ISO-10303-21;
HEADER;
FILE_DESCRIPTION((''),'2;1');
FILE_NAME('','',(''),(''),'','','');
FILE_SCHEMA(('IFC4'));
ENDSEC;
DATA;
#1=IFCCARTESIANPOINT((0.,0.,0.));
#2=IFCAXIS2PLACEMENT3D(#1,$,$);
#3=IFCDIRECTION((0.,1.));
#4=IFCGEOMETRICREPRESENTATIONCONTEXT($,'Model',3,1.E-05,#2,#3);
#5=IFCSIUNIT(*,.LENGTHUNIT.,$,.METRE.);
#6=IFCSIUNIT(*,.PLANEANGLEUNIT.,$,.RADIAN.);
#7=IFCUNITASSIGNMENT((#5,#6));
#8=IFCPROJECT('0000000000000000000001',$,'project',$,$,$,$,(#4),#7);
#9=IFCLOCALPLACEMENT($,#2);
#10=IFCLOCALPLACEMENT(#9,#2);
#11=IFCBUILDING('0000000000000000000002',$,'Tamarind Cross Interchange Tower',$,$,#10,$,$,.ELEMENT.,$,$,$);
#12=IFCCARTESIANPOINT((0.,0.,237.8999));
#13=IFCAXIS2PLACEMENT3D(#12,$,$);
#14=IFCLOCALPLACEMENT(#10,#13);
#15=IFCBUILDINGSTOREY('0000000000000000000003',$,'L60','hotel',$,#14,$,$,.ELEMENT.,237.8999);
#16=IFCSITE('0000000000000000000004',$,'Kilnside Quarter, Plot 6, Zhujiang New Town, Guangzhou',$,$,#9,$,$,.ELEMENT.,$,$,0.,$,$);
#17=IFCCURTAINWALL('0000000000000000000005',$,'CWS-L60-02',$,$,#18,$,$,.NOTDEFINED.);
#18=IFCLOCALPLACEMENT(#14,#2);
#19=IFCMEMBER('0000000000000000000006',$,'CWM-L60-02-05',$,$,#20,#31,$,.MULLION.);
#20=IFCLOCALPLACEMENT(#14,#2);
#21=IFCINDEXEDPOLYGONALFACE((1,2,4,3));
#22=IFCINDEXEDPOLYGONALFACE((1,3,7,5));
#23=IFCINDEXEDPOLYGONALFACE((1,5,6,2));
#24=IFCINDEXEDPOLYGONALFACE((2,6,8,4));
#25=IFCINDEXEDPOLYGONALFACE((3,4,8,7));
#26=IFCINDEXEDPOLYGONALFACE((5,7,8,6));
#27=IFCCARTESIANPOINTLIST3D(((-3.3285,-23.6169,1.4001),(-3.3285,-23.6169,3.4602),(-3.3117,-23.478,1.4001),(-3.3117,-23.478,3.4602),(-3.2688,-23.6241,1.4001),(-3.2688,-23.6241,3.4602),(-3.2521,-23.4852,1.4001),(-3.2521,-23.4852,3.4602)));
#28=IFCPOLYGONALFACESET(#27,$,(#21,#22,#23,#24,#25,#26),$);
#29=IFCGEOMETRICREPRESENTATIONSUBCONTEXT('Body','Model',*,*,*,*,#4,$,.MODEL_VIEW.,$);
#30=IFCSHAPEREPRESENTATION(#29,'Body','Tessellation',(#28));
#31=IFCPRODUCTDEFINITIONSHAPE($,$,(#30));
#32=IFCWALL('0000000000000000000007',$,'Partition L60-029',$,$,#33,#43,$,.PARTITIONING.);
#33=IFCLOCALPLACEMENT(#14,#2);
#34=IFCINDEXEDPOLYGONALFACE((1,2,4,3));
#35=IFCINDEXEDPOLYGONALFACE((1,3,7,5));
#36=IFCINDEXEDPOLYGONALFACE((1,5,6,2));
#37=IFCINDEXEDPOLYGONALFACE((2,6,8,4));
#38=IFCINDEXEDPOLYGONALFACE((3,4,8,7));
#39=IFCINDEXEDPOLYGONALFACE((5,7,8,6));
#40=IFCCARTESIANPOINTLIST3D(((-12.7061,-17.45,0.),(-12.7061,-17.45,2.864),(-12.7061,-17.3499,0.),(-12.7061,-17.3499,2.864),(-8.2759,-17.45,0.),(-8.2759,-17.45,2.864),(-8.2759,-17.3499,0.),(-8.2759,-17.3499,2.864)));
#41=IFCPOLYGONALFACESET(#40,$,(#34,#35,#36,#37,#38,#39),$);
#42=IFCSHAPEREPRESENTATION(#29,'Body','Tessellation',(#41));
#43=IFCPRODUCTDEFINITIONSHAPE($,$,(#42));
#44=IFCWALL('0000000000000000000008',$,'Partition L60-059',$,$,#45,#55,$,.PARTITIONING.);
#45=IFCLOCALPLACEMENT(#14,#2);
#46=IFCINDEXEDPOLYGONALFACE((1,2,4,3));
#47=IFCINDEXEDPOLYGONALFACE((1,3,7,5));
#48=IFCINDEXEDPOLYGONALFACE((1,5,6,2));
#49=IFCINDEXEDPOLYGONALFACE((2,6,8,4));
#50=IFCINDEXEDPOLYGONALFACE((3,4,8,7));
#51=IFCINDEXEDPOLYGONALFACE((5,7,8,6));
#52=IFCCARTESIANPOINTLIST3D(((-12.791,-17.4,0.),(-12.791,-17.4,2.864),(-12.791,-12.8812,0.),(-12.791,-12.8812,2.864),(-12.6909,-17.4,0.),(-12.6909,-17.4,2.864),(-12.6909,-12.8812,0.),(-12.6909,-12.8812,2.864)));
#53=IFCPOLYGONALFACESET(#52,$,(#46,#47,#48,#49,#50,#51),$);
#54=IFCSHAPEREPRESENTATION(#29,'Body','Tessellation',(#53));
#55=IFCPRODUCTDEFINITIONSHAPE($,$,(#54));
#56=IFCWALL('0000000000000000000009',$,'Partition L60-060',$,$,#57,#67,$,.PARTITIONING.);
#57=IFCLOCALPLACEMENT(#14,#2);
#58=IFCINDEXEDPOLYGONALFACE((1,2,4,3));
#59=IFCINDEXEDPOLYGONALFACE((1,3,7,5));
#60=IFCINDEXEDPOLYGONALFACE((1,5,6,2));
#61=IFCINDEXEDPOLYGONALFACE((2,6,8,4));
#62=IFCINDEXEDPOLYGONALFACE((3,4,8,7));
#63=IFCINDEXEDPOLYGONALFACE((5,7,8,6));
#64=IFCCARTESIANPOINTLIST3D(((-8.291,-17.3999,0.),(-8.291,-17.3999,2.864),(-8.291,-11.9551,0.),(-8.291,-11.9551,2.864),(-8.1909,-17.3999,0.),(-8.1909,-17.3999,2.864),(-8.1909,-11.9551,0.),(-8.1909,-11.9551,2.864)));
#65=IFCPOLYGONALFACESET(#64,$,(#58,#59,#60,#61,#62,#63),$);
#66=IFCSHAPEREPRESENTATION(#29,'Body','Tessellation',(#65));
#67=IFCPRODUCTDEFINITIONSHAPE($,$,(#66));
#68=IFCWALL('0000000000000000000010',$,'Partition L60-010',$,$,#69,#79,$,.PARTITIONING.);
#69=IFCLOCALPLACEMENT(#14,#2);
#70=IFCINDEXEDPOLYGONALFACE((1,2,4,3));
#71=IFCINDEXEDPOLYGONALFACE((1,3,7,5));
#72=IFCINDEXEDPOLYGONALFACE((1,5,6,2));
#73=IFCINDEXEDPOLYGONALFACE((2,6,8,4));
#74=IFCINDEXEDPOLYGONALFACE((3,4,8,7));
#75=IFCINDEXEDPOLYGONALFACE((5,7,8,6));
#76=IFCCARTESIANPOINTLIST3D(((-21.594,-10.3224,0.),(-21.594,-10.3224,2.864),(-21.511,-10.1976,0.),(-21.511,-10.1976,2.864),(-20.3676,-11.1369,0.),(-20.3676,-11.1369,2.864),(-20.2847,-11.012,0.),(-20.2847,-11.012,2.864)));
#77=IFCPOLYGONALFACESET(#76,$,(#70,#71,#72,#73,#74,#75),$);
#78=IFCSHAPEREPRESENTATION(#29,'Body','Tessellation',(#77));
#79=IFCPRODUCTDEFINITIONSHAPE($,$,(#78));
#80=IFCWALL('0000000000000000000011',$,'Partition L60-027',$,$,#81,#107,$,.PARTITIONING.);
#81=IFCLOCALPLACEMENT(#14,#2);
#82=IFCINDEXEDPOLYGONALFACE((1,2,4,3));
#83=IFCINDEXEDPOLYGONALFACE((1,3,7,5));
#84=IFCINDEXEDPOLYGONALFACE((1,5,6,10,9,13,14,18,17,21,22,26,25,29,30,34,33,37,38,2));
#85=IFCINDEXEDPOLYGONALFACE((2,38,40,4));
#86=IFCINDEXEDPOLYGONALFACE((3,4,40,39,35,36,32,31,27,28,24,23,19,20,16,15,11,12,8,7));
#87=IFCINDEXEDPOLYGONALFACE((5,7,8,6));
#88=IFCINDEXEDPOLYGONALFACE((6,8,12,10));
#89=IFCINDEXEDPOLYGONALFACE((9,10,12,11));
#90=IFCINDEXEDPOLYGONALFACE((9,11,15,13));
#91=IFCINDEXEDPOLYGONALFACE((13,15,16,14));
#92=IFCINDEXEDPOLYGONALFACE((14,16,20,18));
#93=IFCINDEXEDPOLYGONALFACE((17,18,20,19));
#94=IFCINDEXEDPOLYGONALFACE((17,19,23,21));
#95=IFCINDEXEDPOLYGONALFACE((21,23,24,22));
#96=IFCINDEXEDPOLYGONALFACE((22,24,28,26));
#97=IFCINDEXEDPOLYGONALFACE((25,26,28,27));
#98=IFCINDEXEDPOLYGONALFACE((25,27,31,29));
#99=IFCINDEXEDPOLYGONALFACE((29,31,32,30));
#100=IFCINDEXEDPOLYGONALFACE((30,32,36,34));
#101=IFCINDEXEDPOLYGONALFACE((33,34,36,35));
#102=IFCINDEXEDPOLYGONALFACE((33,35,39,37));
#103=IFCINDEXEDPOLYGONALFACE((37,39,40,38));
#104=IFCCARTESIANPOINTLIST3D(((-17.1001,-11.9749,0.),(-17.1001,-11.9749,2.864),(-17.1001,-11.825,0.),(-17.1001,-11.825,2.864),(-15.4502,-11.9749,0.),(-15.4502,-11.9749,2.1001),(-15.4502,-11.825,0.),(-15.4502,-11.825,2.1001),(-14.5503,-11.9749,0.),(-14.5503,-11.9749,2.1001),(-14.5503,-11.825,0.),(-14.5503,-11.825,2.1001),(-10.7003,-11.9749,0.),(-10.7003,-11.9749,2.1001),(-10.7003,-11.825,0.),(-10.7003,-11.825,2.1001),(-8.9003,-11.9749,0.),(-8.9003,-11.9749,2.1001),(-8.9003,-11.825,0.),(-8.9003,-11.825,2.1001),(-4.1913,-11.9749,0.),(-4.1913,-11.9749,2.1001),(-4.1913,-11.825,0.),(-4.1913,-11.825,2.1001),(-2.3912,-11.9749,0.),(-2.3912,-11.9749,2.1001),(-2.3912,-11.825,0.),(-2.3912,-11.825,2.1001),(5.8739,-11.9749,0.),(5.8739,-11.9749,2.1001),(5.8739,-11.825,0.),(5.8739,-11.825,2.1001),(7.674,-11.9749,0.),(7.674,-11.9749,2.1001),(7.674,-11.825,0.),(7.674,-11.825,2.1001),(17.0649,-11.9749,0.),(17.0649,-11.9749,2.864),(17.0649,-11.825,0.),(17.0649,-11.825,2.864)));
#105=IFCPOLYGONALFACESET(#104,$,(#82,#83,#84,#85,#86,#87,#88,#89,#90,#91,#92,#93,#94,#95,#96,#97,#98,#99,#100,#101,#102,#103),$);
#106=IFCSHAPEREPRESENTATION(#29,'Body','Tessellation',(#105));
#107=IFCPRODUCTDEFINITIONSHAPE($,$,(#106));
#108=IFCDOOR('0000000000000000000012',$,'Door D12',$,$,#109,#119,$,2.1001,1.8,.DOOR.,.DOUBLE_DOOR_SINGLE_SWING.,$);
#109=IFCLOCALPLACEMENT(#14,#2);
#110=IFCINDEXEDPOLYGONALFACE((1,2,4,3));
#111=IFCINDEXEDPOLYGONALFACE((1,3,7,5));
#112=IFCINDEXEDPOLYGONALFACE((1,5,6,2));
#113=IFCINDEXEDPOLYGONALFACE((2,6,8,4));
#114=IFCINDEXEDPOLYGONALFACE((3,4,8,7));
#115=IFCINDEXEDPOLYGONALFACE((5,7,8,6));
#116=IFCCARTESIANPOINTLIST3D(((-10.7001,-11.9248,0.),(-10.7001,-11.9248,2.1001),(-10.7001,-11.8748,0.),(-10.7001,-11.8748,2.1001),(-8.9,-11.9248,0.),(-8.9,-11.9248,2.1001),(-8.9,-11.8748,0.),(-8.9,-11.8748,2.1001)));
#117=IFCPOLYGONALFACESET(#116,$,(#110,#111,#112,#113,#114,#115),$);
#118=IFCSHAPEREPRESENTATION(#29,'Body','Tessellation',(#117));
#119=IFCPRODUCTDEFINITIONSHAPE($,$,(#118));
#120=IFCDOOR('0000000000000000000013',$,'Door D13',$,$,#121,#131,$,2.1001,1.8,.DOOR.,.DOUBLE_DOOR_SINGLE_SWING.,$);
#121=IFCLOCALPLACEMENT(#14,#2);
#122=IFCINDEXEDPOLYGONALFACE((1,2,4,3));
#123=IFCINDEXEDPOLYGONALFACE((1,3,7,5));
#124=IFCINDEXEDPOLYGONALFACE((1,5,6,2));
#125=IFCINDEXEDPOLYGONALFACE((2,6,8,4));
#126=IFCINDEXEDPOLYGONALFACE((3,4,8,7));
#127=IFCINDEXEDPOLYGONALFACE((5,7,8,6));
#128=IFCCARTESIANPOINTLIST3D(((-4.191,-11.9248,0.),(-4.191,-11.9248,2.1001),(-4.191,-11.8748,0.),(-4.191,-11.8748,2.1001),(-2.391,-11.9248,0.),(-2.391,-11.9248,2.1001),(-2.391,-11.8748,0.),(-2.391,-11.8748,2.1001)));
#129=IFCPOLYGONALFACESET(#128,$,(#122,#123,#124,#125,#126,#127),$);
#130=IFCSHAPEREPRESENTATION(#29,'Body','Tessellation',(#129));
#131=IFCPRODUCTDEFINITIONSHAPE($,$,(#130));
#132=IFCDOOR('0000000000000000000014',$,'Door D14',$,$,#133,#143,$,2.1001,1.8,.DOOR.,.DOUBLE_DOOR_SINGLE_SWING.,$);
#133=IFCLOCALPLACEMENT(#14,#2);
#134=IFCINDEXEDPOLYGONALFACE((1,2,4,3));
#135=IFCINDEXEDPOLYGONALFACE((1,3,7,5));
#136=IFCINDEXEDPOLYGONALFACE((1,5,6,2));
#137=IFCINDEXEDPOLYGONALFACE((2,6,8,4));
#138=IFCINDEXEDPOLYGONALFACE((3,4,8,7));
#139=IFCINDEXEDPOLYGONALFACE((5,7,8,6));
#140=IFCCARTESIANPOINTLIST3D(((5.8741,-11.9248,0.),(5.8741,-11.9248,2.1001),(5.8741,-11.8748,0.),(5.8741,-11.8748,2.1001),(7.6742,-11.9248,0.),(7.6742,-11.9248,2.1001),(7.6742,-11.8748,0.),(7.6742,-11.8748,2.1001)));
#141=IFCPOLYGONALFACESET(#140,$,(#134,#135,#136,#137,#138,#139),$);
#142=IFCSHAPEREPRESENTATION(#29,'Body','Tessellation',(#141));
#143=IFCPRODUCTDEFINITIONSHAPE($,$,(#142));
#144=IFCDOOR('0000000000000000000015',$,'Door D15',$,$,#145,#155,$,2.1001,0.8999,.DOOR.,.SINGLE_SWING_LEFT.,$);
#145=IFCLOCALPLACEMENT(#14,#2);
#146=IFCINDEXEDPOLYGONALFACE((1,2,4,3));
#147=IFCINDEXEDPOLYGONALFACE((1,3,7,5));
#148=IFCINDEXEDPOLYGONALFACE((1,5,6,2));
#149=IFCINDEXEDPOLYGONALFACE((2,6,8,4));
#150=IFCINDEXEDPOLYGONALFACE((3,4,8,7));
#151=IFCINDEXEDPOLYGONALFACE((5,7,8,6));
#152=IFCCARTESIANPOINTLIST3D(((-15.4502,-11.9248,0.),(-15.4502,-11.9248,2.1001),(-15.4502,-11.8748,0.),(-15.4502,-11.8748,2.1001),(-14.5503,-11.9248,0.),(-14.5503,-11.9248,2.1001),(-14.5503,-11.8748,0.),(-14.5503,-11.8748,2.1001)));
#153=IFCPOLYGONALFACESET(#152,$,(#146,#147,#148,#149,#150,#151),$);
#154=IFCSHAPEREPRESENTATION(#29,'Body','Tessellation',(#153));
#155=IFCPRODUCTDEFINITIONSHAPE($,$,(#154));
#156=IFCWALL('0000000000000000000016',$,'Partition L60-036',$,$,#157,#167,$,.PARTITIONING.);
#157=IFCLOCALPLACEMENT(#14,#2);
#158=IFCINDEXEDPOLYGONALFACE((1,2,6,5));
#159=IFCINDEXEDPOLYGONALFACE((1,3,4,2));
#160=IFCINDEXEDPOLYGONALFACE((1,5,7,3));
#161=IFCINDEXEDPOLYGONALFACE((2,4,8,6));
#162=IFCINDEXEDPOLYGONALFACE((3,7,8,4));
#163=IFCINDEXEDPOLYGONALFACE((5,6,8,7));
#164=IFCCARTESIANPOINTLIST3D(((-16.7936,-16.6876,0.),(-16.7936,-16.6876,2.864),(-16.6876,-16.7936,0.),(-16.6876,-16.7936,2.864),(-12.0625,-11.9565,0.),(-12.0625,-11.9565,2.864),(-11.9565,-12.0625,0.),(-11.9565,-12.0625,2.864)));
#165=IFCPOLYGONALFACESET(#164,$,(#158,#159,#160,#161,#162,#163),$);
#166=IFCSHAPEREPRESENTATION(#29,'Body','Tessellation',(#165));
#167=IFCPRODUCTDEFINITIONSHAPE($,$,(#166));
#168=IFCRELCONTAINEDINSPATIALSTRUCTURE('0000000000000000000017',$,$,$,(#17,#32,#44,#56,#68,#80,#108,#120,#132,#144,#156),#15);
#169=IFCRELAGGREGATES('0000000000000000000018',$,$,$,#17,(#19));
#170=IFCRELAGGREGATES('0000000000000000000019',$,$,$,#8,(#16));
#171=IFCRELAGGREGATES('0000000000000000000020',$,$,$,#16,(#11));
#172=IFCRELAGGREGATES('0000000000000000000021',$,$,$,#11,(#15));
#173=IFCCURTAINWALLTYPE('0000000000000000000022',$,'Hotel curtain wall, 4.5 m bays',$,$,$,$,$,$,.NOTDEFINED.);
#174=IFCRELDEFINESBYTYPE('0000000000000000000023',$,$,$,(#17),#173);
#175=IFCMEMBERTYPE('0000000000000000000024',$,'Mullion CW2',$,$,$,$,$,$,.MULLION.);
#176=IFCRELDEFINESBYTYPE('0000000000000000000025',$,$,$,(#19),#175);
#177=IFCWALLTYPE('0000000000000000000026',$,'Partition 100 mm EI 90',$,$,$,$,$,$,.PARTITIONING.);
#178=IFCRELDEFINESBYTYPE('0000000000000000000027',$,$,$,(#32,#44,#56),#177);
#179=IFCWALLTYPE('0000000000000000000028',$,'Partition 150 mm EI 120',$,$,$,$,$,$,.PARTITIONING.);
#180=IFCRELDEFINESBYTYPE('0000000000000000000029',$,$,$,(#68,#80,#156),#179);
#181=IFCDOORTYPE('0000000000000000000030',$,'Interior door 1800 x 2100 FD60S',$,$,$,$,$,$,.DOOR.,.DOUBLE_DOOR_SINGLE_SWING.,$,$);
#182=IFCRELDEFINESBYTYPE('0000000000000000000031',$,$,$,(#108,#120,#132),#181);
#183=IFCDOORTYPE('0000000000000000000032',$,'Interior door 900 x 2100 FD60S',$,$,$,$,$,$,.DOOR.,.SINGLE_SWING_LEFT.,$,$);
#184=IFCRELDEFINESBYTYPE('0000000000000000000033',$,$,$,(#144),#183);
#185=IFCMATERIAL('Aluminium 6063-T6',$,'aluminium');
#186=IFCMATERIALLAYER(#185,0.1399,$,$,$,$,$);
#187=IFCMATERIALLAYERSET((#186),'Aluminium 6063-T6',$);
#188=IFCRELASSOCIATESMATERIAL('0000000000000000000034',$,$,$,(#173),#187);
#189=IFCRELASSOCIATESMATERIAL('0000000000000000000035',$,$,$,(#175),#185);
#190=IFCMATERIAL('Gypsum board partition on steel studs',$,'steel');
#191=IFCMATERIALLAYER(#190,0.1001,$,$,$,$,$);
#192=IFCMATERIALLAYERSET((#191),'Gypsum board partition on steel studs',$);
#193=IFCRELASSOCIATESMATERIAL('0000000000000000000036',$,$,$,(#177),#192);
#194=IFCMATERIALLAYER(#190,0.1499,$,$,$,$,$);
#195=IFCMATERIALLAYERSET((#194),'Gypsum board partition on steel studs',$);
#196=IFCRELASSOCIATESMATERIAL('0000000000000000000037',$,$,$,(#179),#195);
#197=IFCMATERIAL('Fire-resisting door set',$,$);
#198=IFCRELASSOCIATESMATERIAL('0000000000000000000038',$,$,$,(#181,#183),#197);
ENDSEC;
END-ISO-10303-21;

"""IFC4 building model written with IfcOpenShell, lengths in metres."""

from ifc_helpers import new_model, si_unit, direction, frame, frame_2d, origin, origin_2d, place, context, subcontext, project, spatial, rectangle, extrude, material, layer, layer_set, material_profile, profile_set, type_object, element, fill, aggregate, save


model = new_model("IFC4")

# Units and contexts
model_context = context("Model", 3, precision=1e-05, world=origin(), true_north=direction((0.0, 1.0)))
body_context = subcontext(model_context, "Body", "Model", "MODEL_VIEW")
ifc_project = project(units=[si_unit("LENGTHUNIT", "METRE"), si_unit("PLANEANGLEUNIT", "RADIAN")], contexts=[model_context])

# Site, building, storey
site_placement = place(None, origin())
site = spatial("IfcSite", under=ifc_project, at=site_placement, Name="Kilnside Quarter, Plot 6, Zhujiang New Town, Guangzhou", CompositionType="ELEMENT", RefElevation=0.0)
building_placement = place(site_placement, origin())
building = spatial("IfcBuilding", under=site, at=building_placement, Name="Tamarind Cross Interchange Tower", CompositionType="ELEMENT")
storey_placement = place(building_placement, frame((0.0, 0.0, 237.8999)))
storey = spatial("IfcBuildingStorey", under=building, at=storey_placement, Name="L60", Description="hotel", CompositionType="ELEMENT", Elevation=237.8999)

# Curtain wall, member
ifc_material_1 = material(Name="Aluminium 6063-T6", Category="aluminium")
ifc_layer_1 = layer(ifc_material_1, 0.1399)
ifc_layer_set_1 = layer_set([ifc_layer_1], Name="Aluminium 6063-T6")
curtain_wall_type = type_object("IfcCurtainWallType", Name="Hotel curtain wall, 4.5 m bays", PredefinedType="NOTDEFINED", material=ifc_layer_set_1)
curtain_wall_placement = place(storey_placement, origin())
curtain_wall = element("IfcCurtainWall", 1, at=curtain_wall_placement, inside=storey, type_object=curtain_wall_type, Name="CWS-L60-02", PredefinedType="NOTDEFINED")
ifc_material_profile_1 = material_profile(ifc_material_1, rectangle(XDim=0.0601, YDim=0.1399, at=origin_2d()), Name="Mullion CW2")
ifc_profile_set_1 = profile_set([ifc_material_profile_1], Name="Aluminium 6063-T6")
member_type = type_object("IfcMemberType", Name="Mullion CW2", PredefinedType="MULLION", material=ifc_profile_set_1)
member_1_placement = place(storey_placement, frame((-3.2903, -23.551, 1.4001), z_axis=(0.0, 0.0, 1.0), x_axis=(0.992844, -0.119421, 0.0)))
member_1 = element("IfcMember", 2, at=member_1_placement, type_object=member_type, Name="CWM-L60-02-05", PredefinedType="MULLION", context=body_context, shape_type="SweptSolid", body=[
    extrude(rectangle(XDim=0.0601, YDim=0.1399, at=origin_2d()), origin(), (0.0, 0.0, 1.0), 2.0601),
])
aggregate(curtain_wall, [member_1])

# Walls
ifc_material_2 = material(Name="Gypsum board partition on steel studs", Category="steel")
ifc_layer_2 = layer(ifc_material_2, 0.1001)
ifc_layer_set_2 = layer_set([ifc_layer_2], Name="Gypsum board partition on steel studs")
wall_type_1 = type_object("IfcWallType", Name="Partition 100 mm EI 90", PredefinedType="PARTITIONING", material=ifc_layer_set_2)
wall_1_placement = place(storey_placement, frame((-12.7061, -17.3999, 0.0), z_axis=(0.0, 0.0, 1.0), x_axis=(1.0, 0.0, 0.0)))
element("IfcWall", 3, at=wall_1_placement, inside=storey, type_object=wall_type_1, Name="Partition L60-029", PredefinedType="PARTITIONING", context=body_context, shape_type="SweptSolid", body=[
    extrude(rectangle(XDim=4.4302, YDim=0.1001, at=frame_2d((2.2151, 0.0))), origin(), (0.0, 0.0, 1.0), 2.864),
])
wall_2_placement = place(storey_placement, frame((-12.741, -17.3999, 0.0), z_axis=(0.0, 0.0, 1.0), x_axis=(0.0, 1.0, 0.0)))
element("IfcWall", 4, at=wall_2_placement, inside=storey, type_object=wall_type_1, Name="Partition L60-059", PredefinedType="PARTITIONING", context=body_context, shape_type="SweptSolid", body=[
    extrude(rectangle(XDim=4.5188, YDim=0.1001, at=frame_2d((2.2593, 0.0))), origin(), (0.0, 0.0, 1.0), 2.864),
])
wall_3_placement = place(storey_placement, frame((-8.241, -17.3999, 0.0), z_axis=(0.0, 0.0, 1.0), x_axis=(0.0, 1.0, 0.0)))
element("IfcWall", 5, at=wall_3_placement, inside=storey, type_object=wall_type_1, Name="Partition L60-060", PredefinedType="PARTITIONING", context=body_context, shape_type="SweptSolid", body=[
    extrude(rectangle(XDim=5.4448, YDim=0.1001, at=frame_2d((2.7224, 0.0))), origin(), (0.0, 0.0, 1.0), 2.864),
])
ifc_layer_3 = layer(ifc_material_2, 0.1499)
ifc_layer_set_3 = layer_set([ifc_layer_3], Name="Gypsum board partition on steel studs")
wall_type_2 = type_object("IfcWallType", Name="Partition 150 mm EI 120", PredefinedType="PARTITIONING", material=ifc_layer_set_3)
wall_4_placement = place(storey_placement, frame((-21.5525, -10.26, 0.0), z_axis=(0.0, 0.0, 1.0), x_axis=(0.833019, -0.553245, 0.0)))
element("IfcWall", 6, at=wall_4_placement, inside=storey, type_object=wall_type_2, Name="Partition L60-010", PredefinedType="PARTITIONING", context=body_context, shape_type="SweptSolid", body=[
    extrude(rectangle(XDim=1.4722, YDim=0.1499, at=frame_2d((0.7361, 0.0))), origin(), (0.0, 0.0, 1.0), 2.864),
])

# Wall, openings, doors
wall_5_placement = place(storey_placement, frame((-17.1001, -11.8999, 0.0), z_axis=(0.0, 0.0, 1.0), x_axis=(1.0, 0.0, 0.0)))
wall_5 = element("IfcWall", 7, at=wall_5_placement, inside=storey, type_object=wall_type_2, Name="Partition L60-027", PredefinedType="PARTITIONING", context=body_context, shape_type="SweptSolid", body=[
    extrude(rectangle(XDim=34.165, YDim=0.1499, at=frame_2d((17.0825, 0.0))), origin(), (0.0, 0.0, 1.0), 2.864),
])
opening_1_placement = place(wall_5_placement, frame((6.3999, 0.0, 0.0)))
opening_1 = element("IfcOpeningElement", 8, at=opening_1_placement, cuts=wall_5, PredefinedType="OPENING", context=body_context, shape_type="SweptSolid", body=[
    extrude(rectangle(XDim=1.8, YDim=2.1001, at=frame_2d((0.8999, 1.05))), frame((0.0, 0.085, 0.0), z_axis=(0.0, -1.0, 0.0), x_axis=(1.0, 0.0, 0.0)), (0.0, 0.0, 1.0), 0.1699),
])
opening_2_placement = place(wall_5_placement, frame((12.9089, 0.0, 0.0)))
opening_2 = element("IfcOpeningElement", 9, at=opening_2_placement, cuts=wall_5, PredefinedType="OPENING", context=body_context, shape_type="SweptSolid", body=[
    extrude(rectangle(XDim=1.8, YDim=2.1001, at=frame_2d((0.8999, 1.05))), frame((0.0, 0.085, 0.0), z_axis=(0.0, -1.0, 0.0), x_axis=(1.0, 0.0, 0.0)), (0.0, 0.0, 1.0), 0.1699),
])
opening_3_placement = place(wall_5_placement, frame((22.9741, 0.0, 0.0)))
opening_3 = element("IfcOpeningElement", 10, at=opening_3_placement, cuts=wall_5, PredefinedType="OPENING", context=body_context, shape_type="SweptSolid", body=[
    extrude(rectangle(XDim=1.8, YDim=2.1001, at=frame_2d((0.8999, 1.05))), frame((0.0, 0.085, 0.0), z_axis=(0.0, -1.0, 0.0), x_axis=(1.0, 0.0, 0.0)), (0.0, 0.0, 1.0), 0.1699),
])
opening_4_placement = place(wall_5_placement, frame((1.6499, 0.0, 0.0)))
opening_4 = element("IfcOpeningElement", 11, at=opening_4_placement, cuts=wall_5, PredefinedType="OPENING", context=body_context, shape_type="SweptSolid", body=[
    extrude(rectangle(XDim=0.8999, YDim=2.1001, at=frame_2d((0.45, 1.05))), frame((0.0, 0.085, 0.0), z_axis=(0.0, -1.0, 0.0), x_axis=(1.0, 0.0, 0.0)), (0.0, 0.0, 1.0), 0.1699),
])
ifc_material_3 = material(Name="Fire-resisting door set")
door_type_1 = type_object("IfcDoorType", Name="Interior door 1800 x 2100 FD60S", OperationType="DOUBLE_DOOR_SINGLE_SWING", PredefinedType="DOOR", material=ifc_material_3)
door_1_placement = place(opening_1_placement, frame((1.8, 0.0, 0.0), z_axis=(0.0, 0.0, 1.0), x_axis=(-1.0, 0.0, 0.0)))
door_1 = element("IfcDoor", 12, at=door_1_placement, inside=storey, type_object=door_type_1, Name="Door D12", OperationType="DOUBLE_DOOR_SINGLE_SWING", OverallHeight=2.1001, OverallWidth=1.8, PredefinedType="DOOR", context=body_context, shape_type="SweptSolid", body=[
    extrude(rectangle(XDim=1.8, YDim=2.1001, at=frame_2d((0.8999, 1.05))), frame((0.0, 0.0249, 0.0), z_axis=(0.0, -1.0, 0.0), x_axis=(1.0, 0.0, 0.0)), (0.0, 0.0, 1.0), 0.05),
])
fill(opening_1, door_1)
door_2_placement = place(opening_2_placement, frame((1.8, 0.0, 0.0), z_axis=(0.0, 0.0, 1.0), x_axis=(-1.0, 0.0, 0.0)))
door_2 = element("IfcDoor", 13, at=door_2_placement, inside=storey, type_object=door_type_1, Name="Door D13", OperationType="DOUBLE_DOOR_SINGLE_SWING", OverallHeight=2.1001, OverallWidth=1.8, PredefinedType="DOOR", context=body_context, shape_type="SweptSolid", body=[
    extrude(rectangle(XDim=1.8, YDim=2.1001, at=frame_2d((0.8999, 1.05))), frame((0.0, 0.0249, 0.0), z_axis=(0.0, -1.0, 0.0), x_axis=(1.0, 0.0, 0.0)), (0.0, 0.0, 1.0), 0.05),
])
fill(opening_2, door_2)
door_3_placement = place(opening_3_placement, frame((1.8, 0.0, 0.0), z_axis=(0.0, 0.0, 1.0), x_axis=(-1.0, 0.0, 0.0)))
door_3 = element("IfcDoor", 14, at=door_3_placement, inside=storey, type_object=door_type_1, Name="Door D14", OperationType="DOUBLE_DOOR_SINGLE_SWING", OverallHeight=2.1001, OverallWidth=1.8, PredefinedType="DOOR", context=body_context, shape_type="SweptSolid", body=[
    extrude(rectangle(XDim=1.8, YDim=2.1001, at=frame_2d((0.8999, 1.05))), frame((0.0, 0.0249, 0.0), z_axis=(0.0, -1.0, 0.0), x_axis=(1.0, 0.0, 0.0)), (0.0, 0.0, 1.0), 0.05),
])
fill(opening_3, door_3)
door_type_2 = type_object("IfcDoorType", Name="Interior door 900 x 2100 FD60S", OperationType="SINGLE_SWING_LEFT", PredefinedType="DOOR", material=ifc_material_3)
door_4_placement = place(opening_4_placement, frame((0.8999, 0.0, 0.0), z_axis=(0.0, 0.0, 1.0), x_axis=(-1.0, 0.0, 0.0)))
door_4 = element("IfcDoor", 15, at=door_4_placement, inside=storey, type_object=door_type_2, Name="Door D15", OperationType="SINGLE_SWING_LEFT", OverallHeight=2.1001, OverallWidth=0.8999, PredefinedType="DOOR", context=body_context, shape_type="SweptSolid", body=[
    extrude(rectangle(XDim=0.8999, YDim=2.1001, at=frame_2d((0.45, 1.05))), frame((0.0, 0.0249, 0.0), z_axis=(0.0, -1.0, 0.0), x_axis=(1.0, 0.0, 0.0)), (0.0, 0.0, 1.0), 0.05),
])
fill(opening_4, door_4)

# Wall
wall_6_placement = place(storey_placement, frame((-16.7405, -16.7405, 0.0), z_axis=(0.0, 0.0, 1.0), x_axis=(0.707107, 0.707107, 0.0)))
element("IfcWall", 16, at=wall_6_placement, inside=storey, type_object=wall_type_2, Name="Partition L60-036", PredefinedType="PARTITIONING", context=body_context, shape_type="SweptSolid", body=[
    extrude(rectangle(XDim=6.6907, YDim=0.1499, at=frame_2d((3.3452, 0.0))), origin(), (0.0, 0.0, 1.0), 2.864),
])

save(model, "model.ifc")
